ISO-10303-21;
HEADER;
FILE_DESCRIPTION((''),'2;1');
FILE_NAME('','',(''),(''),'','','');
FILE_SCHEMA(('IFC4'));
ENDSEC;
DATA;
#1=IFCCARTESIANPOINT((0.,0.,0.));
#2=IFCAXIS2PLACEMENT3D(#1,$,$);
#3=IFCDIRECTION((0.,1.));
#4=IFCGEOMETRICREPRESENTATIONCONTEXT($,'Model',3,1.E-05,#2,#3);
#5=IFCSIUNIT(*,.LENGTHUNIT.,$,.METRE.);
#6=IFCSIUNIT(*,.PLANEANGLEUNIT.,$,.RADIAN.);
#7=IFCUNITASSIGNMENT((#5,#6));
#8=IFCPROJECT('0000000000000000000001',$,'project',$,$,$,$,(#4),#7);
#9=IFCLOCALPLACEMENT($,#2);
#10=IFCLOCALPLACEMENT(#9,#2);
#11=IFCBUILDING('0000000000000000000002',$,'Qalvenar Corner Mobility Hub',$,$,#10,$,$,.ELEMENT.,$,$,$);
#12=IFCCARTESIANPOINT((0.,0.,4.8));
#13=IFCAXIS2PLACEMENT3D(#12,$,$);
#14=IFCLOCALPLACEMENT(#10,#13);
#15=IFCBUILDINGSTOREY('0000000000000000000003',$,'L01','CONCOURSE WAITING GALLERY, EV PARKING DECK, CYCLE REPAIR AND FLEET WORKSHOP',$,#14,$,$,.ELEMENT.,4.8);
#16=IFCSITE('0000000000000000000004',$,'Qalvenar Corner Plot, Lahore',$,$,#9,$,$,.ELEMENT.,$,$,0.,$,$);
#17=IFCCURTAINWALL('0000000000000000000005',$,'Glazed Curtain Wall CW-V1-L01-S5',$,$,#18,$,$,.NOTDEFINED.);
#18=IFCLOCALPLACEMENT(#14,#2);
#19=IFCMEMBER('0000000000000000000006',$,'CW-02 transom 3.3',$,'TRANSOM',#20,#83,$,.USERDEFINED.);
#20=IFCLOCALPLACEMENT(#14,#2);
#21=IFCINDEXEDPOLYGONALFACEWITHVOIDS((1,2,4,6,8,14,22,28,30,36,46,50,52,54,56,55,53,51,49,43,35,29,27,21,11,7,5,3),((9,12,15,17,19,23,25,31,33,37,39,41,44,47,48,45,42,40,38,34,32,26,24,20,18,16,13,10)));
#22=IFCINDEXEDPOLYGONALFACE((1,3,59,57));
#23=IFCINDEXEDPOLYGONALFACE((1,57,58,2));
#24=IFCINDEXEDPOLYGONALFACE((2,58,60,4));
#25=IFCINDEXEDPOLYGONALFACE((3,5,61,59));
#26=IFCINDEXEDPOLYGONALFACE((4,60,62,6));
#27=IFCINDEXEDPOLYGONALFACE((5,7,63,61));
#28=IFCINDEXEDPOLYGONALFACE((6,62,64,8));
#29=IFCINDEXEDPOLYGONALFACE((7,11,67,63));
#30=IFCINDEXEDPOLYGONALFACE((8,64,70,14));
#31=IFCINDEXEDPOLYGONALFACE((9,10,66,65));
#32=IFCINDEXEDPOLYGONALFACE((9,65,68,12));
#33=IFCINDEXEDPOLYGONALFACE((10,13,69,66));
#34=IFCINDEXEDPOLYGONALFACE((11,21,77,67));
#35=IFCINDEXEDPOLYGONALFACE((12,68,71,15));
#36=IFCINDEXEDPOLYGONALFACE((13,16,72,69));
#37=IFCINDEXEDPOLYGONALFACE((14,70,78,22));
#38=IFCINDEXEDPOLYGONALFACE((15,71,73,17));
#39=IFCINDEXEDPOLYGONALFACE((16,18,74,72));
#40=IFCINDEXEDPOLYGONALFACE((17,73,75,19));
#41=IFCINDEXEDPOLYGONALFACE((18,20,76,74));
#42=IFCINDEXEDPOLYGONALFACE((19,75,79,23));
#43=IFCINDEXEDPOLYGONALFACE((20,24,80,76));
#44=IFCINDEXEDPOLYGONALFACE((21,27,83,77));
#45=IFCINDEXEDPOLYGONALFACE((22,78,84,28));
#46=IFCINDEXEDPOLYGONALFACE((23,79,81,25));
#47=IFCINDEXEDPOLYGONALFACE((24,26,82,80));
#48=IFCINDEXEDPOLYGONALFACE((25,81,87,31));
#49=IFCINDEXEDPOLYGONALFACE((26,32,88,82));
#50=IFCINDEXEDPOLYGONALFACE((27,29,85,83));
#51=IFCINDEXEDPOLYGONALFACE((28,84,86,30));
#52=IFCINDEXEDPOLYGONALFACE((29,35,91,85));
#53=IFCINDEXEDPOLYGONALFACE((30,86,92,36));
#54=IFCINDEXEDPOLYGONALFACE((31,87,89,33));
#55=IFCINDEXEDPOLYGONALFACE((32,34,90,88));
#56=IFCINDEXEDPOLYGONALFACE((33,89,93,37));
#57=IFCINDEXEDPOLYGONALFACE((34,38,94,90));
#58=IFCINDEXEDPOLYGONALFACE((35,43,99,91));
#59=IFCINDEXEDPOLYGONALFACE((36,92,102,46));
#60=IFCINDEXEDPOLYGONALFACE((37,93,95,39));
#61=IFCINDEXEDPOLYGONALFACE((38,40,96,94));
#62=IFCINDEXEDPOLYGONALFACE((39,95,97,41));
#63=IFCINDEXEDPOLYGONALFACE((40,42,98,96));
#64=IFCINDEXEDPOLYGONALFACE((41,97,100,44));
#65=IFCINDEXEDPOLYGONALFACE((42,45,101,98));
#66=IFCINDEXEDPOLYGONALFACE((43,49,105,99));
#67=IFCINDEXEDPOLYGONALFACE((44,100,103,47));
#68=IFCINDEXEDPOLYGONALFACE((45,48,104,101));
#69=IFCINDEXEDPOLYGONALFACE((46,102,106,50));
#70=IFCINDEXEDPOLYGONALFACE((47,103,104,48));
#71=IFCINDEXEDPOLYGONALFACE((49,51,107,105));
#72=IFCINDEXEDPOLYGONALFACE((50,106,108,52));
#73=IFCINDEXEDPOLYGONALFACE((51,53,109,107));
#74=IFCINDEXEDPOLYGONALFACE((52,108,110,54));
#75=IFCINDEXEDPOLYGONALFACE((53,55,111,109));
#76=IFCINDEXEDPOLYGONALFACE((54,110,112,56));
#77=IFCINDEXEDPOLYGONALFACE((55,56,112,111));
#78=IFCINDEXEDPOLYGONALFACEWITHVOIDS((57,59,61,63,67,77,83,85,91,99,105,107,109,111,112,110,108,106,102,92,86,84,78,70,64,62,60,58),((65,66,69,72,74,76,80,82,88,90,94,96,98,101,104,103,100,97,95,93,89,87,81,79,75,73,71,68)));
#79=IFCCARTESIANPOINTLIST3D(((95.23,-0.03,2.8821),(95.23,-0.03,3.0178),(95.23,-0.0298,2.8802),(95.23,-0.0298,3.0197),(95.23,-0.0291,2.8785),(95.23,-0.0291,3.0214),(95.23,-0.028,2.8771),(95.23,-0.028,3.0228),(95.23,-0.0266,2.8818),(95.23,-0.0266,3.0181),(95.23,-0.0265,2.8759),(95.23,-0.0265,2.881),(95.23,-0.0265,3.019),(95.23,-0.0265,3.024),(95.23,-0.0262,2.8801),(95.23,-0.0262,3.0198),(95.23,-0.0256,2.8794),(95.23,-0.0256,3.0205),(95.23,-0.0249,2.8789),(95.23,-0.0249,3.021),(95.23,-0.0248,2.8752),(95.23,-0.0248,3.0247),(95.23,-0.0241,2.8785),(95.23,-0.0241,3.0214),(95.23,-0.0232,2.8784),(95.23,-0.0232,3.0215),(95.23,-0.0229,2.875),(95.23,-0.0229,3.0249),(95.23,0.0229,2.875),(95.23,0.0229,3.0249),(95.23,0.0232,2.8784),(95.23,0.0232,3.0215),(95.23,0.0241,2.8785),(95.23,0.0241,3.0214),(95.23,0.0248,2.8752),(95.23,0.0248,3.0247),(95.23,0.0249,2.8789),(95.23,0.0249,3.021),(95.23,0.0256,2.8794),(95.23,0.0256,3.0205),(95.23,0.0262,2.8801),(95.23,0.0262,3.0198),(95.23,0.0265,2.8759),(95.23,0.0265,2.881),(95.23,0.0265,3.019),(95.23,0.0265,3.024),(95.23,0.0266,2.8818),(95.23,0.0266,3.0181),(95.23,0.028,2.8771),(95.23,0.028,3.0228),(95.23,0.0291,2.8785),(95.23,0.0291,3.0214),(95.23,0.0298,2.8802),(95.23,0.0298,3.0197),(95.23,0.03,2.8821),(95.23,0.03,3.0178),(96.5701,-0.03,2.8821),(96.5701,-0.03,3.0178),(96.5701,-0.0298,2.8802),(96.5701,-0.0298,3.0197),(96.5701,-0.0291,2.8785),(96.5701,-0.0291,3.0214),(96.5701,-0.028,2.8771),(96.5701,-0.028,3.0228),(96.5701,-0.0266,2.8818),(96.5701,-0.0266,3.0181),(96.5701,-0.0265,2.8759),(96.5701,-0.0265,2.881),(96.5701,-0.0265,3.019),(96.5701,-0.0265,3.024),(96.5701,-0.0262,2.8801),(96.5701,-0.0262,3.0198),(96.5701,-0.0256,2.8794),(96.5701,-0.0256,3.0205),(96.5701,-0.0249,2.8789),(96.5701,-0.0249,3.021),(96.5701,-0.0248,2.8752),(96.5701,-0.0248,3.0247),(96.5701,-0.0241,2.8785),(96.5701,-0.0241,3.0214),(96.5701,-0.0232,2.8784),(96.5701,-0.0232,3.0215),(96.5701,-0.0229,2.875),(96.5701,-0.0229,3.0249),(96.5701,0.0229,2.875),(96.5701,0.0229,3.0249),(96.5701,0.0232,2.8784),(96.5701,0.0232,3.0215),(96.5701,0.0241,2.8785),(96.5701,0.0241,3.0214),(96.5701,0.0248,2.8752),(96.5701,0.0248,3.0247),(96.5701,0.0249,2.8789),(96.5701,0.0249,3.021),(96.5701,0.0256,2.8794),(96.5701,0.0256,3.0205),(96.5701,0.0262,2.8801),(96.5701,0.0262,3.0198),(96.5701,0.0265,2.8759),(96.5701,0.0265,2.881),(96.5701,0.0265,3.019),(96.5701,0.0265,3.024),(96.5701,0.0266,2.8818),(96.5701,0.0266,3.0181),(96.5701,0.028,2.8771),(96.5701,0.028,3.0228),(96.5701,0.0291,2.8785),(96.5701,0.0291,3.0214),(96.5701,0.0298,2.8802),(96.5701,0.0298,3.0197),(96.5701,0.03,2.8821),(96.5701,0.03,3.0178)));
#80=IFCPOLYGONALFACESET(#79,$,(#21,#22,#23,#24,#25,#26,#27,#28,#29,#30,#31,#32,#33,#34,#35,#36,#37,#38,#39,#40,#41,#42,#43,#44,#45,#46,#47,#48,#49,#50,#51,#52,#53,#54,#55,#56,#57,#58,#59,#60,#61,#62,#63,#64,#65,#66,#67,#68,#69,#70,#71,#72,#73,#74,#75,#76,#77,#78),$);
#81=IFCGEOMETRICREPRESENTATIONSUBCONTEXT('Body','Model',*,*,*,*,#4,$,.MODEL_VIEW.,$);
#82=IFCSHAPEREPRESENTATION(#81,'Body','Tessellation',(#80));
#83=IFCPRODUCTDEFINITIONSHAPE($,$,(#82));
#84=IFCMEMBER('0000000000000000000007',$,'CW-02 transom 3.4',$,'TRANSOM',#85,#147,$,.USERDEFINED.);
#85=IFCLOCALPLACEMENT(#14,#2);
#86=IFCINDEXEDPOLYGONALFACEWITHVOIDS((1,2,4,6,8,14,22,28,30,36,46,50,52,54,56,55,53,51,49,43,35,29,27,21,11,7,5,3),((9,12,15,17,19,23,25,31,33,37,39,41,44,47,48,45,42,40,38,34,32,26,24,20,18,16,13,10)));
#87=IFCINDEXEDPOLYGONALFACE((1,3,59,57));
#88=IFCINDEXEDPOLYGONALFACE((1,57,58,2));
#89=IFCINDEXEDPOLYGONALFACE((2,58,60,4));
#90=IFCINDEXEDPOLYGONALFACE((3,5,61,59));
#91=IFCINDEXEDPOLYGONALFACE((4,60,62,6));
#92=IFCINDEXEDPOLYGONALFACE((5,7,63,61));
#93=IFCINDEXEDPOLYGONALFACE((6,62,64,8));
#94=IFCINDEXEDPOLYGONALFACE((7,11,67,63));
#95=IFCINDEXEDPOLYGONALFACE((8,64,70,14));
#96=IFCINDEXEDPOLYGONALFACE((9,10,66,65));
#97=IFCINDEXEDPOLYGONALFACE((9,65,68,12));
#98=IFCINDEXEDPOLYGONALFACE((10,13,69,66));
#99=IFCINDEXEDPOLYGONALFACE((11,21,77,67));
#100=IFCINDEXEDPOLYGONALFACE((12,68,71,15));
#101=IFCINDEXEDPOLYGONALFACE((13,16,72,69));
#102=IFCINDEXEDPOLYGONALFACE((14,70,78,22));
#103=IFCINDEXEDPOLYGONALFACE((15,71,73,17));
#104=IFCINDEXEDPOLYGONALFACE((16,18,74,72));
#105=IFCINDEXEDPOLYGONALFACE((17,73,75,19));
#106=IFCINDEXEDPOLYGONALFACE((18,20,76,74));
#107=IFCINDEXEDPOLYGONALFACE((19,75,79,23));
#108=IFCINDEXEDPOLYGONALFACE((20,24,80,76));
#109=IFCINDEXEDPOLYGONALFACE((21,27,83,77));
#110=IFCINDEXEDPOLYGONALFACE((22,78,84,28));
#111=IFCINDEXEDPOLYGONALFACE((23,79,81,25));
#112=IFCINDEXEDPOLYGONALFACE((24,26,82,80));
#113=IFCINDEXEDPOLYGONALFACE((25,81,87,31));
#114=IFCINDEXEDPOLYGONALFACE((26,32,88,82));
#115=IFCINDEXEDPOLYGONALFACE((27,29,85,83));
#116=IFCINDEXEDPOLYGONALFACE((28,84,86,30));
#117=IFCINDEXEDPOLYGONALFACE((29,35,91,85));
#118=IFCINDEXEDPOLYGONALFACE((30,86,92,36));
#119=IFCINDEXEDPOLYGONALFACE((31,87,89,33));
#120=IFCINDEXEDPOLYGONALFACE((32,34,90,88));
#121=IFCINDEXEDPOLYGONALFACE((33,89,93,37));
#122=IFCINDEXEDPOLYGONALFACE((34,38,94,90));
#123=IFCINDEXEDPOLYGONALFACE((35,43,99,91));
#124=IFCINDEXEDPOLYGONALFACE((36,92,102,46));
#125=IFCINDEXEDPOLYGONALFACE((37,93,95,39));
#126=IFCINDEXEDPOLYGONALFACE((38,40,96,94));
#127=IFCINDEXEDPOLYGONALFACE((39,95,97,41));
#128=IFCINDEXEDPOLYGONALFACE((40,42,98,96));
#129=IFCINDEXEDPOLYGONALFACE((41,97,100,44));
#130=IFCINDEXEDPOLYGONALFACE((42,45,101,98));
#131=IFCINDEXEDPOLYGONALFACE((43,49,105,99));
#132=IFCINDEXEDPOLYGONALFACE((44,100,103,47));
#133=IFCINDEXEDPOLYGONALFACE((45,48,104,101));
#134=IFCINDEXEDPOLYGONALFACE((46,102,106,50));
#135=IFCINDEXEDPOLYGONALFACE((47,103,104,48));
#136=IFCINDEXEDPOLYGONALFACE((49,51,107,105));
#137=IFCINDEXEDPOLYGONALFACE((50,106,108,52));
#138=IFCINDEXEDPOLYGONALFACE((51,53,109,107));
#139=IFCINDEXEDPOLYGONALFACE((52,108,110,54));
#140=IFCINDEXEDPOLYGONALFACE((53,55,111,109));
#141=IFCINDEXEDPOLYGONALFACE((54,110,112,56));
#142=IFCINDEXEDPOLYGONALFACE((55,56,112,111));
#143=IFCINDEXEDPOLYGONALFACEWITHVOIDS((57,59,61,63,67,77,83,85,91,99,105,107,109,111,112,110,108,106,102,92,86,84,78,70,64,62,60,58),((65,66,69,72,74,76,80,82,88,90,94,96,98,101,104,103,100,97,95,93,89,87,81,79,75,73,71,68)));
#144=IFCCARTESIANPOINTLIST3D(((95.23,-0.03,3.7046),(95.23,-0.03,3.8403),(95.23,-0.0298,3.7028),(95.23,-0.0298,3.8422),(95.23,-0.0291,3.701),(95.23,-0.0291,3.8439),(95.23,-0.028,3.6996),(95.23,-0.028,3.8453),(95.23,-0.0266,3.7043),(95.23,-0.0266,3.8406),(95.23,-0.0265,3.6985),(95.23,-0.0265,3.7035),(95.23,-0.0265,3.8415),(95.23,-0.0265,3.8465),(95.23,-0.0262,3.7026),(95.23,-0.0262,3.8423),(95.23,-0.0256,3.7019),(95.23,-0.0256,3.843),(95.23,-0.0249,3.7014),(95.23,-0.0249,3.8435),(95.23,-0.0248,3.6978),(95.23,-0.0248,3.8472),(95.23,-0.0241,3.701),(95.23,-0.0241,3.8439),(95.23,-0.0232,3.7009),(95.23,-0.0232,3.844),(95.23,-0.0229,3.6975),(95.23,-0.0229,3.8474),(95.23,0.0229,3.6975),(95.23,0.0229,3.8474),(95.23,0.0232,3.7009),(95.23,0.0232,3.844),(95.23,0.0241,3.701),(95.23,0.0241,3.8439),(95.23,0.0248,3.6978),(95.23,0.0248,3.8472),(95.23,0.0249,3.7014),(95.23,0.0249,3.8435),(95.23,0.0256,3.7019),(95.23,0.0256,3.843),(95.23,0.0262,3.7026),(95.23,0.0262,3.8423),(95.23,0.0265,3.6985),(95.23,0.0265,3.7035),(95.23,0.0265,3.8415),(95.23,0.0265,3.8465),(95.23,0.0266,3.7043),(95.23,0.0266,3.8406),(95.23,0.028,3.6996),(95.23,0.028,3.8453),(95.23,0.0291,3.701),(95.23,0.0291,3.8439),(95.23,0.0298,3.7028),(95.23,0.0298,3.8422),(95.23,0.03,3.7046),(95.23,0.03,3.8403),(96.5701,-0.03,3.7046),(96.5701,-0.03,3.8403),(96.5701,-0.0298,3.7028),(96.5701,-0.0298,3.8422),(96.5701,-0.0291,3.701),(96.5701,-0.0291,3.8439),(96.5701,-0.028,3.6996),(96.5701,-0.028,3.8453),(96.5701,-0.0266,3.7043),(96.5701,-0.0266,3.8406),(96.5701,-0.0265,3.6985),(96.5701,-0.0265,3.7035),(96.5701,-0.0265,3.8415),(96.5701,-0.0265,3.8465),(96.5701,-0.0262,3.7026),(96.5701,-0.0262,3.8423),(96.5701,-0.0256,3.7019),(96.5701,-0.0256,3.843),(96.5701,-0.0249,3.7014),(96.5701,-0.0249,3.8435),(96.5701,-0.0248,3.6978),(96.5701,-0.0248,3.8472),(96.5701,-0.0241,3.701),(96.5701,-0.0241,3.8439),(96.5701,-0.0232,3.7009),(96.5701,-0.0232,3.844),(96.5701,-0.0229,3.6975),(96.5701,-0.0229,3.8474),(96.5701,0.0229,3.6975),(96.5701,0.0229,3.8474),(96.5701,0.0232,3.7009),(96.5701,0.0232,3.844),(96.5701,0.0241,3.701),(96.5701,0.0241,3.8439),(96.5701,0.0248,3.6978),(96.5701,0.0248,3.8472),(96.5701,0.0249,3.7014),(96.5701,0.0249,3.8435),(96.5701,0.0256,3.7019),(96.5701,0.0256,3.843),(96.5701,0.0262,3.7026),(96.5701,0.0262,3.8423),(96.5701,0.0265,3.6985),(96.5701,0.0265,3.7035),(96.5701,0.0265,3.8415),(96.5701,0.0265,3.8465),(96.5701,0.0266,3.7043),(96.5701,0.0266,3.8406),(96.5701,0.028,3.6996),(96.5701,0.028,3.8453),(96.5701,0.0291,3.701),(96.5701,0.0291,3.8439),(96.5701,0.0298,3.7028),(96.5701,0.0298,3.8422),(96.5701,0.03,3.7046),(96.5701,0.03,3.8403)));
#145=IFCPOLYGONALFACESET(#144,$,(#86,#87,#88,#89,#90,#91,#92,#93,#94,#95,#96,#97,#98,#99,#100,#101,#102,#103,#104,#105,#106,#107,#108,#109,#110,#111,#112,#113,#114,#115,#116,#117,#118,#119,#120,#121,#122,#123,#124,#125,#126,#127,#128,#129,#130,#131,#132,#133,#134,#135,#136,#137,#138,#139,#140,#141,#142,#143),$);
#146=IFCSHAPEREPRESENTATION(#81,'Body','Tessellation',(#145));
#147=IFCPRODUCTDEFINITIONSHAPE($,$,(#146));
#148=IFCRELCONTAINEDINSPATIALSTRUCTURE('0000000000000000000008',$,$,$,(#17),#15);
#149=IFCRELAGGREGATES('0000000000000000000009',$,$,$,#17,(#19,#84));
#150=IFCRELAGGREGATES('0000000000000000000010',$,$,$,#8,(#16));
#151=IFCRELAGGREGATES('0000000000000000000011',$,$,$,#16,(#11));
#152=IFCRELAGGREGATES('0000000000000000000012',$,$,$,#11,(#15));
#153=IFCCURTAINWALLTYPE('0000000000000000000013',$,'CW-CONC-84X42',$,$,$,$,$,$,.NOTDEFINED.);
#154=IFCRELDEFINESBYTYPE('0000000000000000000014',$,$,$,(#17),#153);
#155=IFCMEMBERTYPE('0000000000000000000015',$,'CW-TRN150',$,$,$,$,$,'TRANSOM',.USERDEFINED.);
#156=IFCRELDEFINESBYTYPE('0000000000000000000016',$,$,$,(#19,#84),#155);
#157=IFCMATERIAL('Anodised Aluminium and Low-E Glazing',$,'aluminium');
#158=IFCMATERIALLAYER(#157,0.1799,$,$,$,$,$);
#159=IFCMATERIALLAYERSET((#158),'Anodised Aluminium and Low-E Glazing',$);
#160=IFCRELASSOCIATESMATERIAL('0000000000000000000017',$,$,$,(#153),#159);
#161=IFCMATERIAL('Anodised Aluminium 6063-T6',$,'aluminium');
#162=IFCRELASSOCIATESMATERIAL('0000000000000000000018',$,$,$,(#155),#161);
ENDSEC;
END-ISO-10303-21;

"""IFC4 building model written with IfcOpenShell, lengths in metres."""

from ifc_helpers import new_model, si_unit, direction, frame, origin, origin_2d, place, context, subcontext, project, spatial, hollow_rectangle, extrude, material, layer, layer_set, material_profile, profile_set, type_object, element, aggregate, save


model = new_model("IFC4")

# Units and contexts
model_context = context("Model", 3, precision=1e-05, world=origin(), true_north=direction((0.0, 1.0)))
body_context = subcontext(model_context, "Body", "Model", "MODEL_VIEW")
ifc_project = project(units=[si_unit("LENGTHUNIT", "METRE"), si_unit("PLANEANGLEUNIT", "RADIAN")], contexts=[model_context])

# Site, building, storey
site_placement = place(None, origin())
site = spatial("IfcSite", under=ifc_project, at=site_placement, Name="Qalvenar Corner Plot, Lahore", CompositionType="ELEMENT", RefElevation=0.0)
building_placement = place(site_placement, origin())
building = spatial("IfcBuilding", under=site, at=building_placement, Name="Qalvenar Corner Mobility Hub", CompositionType="ELEMENT")
storey_placement = place(building_placement, frame((0.0, 0.0, 4.8)))
storey = spatial("IfcBuildingStorey", under=building, at=storey_placement, Name="L01", Description="CONCOURSE WAITING GALLERY, EV PARKING DECK, CYCLE REPAIR AND FLEET WORKSHOP", CompositionType="ELEMENT", Elevation=4.8)

# Shared definitions
ifc_material_1 = material(Name="Anodised Aluminium and Low-E Glazing", Category="aluminium")
ifc_layer_1 = layer(ifc_material_1, 0.1799)
ifc_layer_set_1 = layer_set([ifc_layer_1], Name="Anodised Aluminium and Low-E Glazing")
curtain_wall_type = type_object("IfcCurtainWallType", Name="CW-CONC-84X42", PredefinedType="NOTDEFINED", material=ifc_layer_set_1)
ifc_material_2 = material(Name="Anodised Aluminium 6063-T6", Category="aluminium")

# Curtain wall, members
curtain_wall_1_placement = place(storey_placement, origin())
curtain_wall_1 = element("IfcCurtainWall", 1, at=curtain_wall_1_placement, inside=storey, type_object=curtain_wall_type, Name="Glazed Curtain Wall CW-V1-L01-S5", PredefinedType="NOTDEFINED")
ifc_material_profile_1 = material_profile(ifc_material_2, hollow_rectangle(XDim=0.0601, YDim=0.1499, WallThickness=0.0034, InnerFilletRadius=0.0034, OuterFilletRadius=0.0071, at=origin_2d()), Name="RHS150x60x3.5")
ifc_profile_set_1 = profile_set([ifc_material_profile_1], Name="Anodised Aluminium 6063-T6")
member_type_1 = type_object("IfcMemberType", Name="CW-TRN150", ElementType="TRANSOM", PredefinedType="USERDEFINED", material=ifc_profile_set_1)
member_1_placement = place(storey_placement, frame((95.23, 0.0, 2.95), z_axis=(1.0, 0.0, 0.0), x_axis=(0.0, 1.0, 0.0)))
member_1 = element("IfcMember", 2, at=member_1_placement, type_object=member_type_1, Name="CW-02 transom 3.3", ObjectType="TRANSOM", PredefinedType="USERDEFINED", context=body_context, shape_type="SweptSolid", body=[
    extrude(hollow_rectangle(XDim=0.0601, YDim=0.1499, WallThickness=0.0034, InnerFilletRadius=0.0034, OuterFilletRadius=0.0071, at=origin_2d()), origin(), (0.0, 0.0, 1.0), 1.3401),
])
member_2_placement = place(storey_placement, frame((95.23, 0.0, 3.7725), z_axis=(1.0, 0.0, 0.0), x_axis=(0.0, 1.0, 0.0)))
member_2 = element("IfcMember", 3, at=member_2_placement, type_object=member_type_1, Name="CW-02 transom 3.4", ObjectType="TRANSOM", PredefinedType="USERDEFINED", context=body_context, shape_type="SweptSolid", body=[
    extrude(hollow_rectangle(XDim=0.0601, YDim=0.1499, WallThickness=0.0034, InnerFilletRadius=0.0034, OuterFilletRadius=0.0071, at=origin_2d()), origin(), (0.0, 0.0, 1.0), 1.3401),
])

aggregate(curtain_wall_1, [member_1, member_2])

save(model, "model.ifc")
